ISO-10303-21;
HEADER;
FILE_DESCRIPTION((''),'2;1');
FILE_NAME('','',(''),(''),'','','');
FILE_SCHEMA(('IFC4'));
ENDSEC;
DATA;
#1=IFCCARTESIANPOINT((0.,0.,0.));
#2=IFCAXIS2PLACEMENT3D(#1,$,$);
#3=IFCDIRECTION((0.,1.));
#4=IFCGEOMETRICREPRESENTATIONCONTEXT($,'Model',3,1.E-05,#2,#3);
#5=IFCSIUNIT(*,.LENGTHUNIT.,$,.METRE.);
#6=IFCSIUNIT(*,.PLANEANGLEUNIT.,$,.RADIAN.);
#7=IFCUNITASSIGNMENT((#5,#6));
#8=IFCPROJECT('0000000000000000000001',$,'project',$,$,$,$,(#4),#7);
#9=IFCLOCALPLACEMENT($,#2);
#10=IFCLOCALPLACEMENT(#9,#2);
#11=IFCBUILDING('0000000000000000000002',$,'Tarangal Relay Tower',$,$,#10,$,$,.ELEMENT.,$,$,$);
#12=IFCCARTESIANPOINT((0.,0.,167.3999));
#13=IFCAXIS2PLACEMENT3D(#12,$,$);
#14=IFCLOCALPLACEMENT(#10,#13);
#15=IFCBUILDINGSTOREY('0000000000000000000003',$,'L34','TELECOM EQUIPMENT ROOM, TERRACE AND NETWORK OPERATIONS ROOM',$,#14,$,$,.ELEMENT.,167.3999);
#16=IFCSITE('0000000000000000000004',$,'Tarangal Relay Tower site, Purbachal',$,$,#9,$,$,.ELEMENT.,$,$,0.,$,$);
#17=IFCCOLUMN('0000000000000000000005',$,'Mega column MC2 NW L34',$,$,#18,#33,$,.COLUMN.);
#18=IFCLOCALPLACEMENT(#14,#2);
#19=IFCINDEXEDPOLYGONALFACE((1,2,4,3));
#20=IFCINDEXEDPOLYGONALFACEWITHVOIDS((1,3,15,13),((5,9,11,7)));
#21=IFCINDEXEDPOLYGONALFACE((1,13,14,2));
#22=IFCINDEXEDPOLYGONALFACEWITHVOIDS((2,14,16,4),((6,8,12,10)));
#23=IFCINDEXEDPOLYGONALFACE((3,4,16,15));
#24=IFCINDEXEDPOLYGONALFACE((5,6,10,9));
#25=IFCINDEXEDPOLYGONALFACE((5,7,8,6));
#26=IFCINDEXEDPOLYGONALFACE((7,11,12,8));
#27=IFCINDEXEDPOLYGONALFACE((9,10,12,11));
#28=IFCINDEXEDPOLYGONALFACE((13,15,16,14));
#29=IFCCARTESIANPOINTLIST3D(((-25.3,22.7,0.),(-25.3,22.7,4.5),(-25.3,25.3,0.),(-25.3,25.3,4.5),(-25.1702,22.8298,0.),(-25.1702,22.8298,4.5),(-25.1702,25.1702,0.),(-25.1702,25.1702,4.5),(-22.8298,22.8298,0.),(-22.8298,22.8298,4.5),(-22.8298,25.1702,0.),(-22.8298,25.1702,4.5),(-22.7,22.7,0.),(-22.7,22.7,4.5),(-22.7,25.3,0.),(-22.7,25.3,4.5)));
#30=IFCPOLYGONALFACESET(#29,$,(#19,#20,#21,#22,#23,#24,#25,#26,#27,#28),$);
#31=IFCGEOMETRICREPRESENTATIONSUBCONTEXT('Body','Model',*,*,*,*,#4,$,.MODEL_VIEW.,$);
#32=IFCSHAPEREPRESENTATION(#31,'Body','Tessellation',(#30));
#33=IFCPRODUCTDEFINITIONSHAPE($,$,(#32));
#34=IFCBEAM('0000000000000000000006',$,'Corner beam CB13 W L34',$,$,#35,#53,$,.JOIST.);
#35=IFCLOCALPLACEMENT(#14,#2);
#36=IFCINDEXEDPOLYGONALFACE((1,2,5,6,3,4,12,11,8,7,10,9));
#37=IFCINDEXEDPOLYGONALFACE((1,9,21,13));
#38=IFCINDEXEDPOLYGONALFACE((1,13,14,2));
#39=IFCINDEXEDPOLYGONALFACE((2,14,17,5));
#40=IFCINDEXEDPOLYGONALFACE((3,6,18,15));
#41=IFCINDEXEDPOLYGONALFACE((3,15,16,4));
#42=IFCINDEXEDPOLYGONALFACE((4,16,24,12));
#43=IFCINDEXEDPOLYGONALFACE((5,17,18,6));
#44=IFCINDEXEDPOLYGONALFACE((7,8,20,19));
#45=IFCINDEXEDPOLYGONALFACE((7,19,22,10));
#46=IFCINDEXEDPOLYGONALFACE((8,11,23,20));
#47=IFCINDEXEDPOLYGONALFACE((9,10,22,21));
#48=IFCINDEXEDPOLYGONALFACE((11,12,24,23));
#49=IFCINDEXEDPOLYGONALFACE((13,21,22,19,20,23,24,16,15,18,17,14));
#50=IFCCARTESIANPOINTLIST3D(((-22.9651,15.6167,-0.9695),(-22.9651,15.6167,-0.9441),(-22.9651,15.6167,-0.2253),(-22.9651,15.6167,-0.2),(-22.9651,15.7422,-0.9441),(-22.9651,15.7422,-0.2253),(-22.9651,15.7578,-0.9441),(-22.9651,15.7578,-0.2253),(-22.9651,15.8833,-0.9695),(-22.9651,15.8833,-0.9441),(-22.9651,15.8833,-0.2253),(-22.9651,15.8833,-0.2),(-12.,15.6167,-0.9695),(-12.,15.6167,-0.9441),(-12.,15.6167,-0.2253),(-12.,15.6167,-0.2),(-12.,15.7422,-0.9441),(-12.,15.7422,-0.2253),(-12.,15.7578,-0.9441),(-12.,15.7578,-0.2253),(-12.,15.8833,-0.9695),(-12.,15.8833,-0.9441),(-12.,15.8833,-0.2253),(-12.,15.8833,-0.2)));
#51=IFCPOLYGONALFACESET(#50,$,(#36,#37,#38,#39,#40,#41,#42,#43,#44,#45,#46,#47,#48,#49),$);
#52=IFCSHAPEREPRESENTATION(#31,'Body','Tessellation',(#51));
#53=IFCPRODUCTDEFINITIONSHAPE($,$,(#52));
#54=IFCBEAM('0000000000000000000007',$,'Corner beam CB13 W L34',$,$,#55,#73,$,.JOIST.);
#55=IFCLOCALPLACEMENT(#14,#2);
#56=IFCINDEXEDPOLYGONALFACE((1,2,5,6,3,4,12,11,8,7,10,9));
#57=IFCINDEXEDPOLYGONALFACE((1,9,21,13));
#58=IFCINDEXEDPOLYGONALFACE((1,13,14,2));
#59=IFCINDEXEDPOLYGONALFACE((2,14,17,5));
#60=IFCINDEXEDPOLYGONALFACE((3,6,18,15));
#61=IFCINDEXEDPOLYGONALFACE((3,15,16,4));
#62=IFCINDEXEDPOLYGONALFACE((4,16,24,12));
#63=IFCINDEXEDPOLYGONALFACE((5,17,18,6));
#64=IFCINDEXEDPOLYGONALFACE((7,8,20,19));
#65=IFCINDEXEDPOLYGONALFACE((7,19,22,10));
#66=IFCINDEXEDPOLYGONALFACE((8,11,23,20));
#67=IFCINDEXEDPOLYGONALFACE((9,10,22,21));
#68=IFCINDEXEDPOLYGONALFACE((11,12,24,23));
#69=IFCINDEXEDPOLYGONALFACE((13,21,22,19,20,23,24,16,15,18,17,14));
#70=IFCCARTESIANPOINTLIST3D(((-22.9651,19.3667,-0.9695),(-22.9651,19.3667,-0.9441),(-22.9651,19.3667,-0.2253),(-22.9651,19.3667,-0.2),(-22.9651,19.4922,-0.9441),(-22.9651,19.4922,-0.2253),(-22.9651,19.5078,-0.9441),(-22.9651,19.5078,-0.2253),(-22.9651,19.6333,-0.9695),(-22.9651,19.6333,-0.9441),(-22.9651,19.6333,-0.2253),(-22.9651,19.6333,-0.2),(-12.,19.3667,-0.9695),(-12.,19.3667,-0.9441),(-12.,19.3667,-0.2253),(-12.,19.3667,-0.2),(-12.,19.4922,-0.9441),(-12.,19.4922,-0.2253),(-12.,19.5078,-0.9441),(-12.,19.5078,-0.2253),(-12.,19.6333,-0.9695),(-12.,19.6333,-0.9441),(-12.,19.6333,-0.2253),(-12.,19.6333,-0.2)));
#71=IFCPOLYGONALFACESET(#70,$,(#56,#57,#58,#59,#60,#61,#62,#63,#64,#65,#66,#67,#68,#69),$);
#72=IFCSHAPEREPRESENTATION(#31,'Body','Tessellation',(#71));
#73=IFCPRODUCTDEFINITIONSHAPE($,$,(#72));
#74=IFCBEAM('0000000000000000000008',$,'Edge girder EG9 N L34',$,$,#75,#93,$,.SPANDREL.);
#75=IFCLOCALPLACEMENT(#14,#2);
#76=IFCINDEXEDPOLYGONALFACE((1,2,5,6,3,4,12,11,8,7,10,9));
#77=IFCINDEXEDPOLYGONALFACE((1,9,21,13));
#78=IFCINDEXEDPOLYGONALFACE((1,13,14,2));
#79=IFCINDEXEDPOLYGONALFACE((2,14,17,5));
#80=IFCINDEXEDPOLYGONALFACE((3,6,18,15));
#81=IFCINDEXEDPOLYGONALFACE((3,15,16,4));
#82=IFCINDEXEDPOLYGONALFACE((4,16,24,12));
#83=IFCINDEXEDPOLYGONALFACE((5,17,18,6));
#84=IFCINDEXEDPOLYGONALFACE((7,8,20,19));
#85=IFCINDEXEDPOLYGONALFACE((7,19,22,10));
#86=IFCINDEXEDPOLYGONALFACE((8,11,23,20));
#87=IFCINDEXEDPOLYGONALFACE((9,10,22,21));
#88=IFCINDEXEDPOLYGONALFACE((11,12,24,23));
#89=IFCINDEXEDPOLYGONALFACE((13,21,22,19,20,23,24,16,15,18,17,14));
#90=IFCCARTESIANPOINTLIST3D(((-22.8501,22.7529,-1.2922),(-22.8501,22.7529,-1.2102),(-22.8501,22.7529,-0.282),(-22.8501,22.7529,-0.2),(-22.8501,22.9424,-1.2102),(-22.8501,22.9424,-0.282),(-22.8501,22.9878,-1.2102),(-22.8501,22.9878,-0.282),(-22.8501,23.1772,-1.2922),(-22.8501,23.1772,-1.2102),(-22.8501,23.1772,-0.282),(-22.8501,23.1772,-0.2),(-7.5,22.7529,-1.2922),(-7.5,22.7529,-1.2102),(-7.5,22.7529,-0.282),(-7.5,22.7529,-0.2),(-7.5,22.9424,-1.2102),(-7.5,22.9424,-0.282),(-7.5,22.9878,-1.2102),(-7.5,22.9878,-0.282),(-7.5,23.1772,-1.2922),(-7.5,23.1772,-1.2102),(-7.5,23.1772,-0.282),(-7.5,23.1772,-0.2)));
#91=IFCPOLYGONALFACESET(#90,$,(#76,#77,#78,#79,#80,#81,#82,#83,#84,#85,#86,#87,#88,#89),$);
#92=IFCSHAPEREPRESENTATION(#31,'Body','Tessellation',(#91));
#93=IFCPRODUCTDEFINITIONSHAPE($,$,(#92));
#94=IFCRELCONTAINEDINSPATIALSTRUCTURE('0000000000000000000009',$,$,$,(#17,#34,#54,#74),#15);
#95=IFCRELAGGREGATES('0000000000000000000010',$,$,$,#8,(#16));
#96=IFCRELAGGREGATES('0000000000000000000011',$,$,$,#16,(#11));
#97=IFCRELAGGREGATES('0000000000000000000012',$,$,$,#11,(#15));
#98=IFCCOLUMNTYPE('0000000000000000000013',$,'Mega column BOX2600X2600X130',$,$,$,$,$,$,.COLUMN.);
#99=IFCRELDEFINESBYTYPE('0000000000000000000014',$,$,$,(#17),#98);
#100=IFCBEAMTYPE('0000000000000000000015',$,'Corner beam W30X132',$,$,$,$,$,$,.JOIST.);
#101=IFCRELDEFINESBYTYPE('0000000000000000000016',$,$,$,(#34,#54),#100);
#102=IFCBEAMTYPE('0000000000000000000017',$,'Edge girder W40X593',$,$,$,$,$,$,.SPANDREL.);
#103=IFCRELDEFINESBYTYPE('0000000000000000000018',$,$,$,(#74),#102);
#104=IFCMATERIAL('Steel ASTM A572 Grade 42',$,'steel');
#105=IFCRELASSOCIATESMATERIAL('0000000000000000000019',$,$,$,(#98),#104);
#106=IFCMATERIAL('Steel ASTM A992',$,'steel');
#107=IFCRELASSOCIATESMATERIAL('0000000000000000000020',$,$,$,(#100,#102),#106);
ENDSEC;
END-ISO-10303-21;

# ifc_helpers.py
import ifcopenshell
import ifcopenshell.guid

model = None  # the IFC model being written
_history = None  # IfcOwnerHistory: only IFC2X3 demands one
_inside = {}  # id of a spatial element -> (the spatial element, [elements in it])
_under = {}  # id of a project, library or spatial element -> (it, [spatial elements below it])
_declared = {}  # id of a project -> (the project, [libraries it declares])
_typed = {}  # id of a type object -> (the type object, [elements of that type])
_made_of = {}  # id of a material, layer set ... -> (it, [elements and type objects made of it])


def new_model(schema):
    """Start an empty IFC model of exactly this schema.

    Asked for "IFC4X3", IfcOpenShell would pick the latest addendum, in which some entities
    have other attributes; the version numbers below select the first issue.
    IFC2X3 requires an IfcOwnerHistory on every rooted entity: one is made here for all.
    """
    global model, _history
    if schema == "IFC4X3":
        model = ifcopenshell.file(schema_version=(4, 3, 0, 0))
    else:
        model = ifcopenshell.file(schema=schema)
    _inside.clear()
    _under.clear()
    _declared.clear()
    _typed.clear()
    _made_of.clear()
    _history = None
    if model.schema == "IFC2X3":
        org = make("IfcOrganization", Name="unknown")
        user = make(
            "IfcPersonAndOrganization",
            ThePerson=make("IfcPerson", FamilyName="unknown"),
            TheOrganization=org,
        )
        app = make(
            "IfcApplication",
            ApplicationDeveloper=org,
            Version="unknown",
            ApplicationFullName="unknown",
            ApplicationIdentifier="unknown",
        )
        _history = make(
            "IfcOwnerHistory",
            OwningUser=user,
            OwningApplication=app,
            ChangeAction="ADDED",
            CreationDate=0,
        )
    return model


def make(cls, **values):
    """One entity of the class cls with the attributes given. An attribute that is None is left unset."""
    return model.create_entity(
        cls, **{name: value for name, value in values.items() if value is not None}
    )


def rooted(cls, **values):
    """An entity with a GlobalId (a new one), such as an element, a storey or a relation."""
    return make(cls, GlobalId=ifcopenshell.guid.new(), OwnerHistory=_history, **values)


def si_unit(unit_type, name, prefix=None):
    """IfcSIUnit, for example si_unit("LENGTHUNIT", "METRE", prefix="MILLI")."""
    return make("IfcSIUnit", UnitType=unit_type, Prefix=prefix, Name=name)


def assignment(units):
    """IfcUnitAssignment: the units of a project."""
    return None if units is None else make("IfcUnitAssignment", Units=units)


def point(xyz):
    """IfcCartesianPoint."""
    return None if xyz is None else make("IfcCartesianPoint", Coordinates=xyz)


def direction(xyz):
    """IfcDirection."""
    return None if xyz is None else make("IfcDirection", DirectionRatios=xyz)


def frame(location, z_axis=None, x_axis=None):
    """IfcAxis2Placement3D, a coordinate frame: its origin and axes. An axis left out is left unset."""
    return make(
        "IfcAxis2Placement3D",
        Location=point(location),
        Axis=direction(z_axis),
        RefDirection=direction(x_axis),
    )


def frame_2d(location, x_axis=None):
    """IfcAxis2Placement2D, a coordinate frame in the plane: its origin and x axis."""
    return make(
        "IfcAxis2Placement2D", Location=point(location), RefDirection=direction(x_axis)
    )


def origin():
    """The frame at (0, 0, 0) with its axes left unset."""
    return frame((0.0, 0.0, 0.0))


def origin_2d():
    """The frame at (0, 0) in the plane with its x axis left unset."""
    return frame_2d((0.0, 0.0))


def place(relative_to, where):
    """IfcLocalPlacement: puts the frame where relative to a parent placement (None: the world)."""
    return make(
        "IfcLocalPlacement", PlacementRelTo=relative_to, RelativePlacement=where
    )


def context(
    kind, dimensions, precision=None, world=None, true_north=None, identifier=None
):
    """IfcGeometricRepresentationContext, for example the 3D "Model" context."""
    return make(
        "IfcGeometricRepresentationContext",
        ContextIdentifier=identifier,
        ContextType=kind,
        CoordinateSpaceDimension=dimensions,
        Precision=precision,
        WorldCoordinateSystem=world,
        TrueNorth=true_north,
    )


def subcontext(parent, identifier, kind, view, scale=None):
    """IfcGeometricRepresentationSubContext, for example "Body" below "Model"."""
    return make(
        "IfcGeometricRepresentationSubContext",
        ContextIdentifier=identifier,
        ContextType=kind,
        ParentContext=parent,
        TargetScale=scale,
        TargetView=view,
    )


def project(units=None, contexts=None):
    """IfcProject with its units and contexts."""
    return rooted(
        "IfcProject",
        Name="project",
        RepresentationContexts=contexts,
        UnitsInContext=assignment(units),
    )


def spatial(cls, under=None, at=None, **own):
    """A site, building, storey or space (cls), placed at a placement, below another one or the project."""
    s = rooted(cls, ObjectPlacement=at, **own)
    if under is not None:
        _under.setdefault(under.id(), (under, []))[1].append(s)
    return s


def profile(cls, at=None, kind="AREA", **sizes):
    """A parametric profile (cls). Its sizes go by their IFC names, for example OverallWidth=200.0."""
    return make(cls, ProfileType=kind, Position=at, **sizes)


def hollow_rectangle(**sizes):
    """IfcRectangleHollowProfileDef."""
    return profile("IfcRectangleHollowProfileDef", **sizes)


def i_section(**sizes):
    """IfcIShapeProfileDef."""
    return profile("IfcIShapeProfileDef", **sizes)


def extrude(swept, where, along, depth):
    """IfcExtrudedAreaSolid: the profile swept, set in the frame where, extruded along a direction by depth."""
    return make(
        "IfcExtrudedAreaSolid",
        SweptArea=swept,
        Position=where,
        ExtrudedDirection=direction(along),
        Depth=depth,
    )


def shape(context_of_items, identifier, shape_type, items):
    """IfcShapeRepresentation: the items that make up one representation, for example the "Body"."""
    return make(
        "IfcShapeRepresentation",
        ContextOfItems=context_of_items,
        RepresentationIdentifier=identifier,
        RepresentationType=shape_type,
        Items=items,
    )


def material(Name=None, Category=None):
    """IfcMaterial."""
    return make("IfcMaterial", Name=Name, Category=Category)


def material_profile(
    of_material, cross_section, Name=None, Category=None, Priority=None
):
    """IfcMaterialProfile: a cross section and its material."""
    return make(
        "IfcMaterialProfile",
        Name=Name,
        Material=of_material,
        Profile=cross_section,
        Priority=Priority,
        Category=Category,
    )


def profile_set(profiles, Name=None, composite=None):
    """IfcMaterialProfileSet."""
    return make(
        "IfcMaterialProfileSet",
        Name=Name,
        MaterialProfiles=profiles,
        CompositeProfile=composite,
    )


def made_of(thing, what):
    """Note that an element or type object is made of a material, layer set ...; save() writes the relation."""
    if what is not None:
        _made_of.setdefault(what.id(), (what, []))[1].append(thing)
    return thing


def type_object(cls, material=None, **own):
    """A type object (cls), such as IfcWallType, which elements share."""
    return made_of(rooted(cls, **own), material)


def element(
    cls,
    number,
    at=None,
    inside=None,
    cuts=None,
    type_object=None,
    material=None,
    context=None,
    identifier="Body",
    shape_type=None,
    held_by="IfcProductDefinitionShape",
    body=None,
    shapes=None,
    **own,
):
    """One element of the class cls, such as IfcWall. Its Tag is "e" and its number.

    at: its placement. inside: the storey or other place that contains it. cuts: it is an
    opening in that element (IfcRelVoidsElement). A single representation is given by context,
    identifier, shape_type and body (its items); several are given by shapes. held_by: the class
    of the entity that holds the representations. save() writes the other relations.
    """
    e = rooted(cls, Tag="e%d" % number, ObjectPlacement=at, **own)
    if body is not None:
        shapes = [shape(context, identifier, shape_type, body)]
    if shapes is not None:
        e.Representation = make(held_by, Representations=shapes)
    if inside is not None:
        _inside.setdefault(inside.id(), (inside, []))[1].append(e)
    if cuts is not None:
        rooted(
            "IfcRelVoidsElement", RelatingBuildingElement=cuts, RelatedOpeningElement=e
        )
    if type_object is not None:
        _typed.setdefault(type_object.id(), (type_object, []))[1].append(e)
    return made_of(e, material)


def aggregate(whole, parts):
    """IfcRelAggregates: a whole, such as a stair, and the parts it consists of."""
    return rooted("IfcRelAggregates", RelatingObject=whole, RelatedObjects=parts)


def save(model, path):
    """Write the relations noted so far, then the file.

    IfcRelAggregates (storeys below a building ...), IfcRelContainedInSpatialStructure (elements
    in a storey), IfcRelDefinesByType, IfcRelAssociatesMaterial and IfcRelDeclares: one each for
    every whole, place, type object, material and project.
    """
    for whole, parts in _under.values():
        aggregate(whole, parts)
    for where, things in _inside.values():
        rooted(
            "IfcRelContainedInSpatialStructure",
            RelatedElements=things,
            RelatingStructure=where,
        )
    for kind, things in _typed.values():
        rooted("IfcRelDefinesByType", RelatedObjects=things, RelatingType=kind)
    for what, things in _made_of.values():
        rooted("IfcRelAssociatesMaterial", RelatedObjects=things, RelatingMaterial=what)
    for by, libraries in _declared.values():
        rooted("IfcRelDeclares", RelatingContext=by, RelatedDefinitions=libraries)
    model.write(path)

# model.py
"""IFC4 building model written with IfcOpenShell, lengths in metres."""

from ifc_helpers import new_model, si_unit, direction, frame, origin, origin_2d, place, context, subcontext, project, spatial, hollow_rectangle, i_section, extrude, material, material_profile, profile_set, type_object, element, save


model = new_model("IFC4")

# Units and contexts
model_context = context("Model", 3, precision=1e-05, world=origin(), true_north=direction((0.0, 1.0)))
body_context = subcontext(model_context, "Body", "Model", "MODEL_VIEW")
ifc_project = project(units=[si_unit("LENGTHUNIT", "METRE"), si_unit("PLANEANGLEUNIT", "RADIAN")], contexts=[model_context])

# Site, building, storey
site_placement = place(None, origin())
site = spatial("IfcSite", under=ifc_project, at=site_placement, Name="Tarangal Relay Tower site, Purbachal", CompositionType="ELEMENT", RefElevation=0.0)
building_placement = place(site_placement, origin())
building = spatial("IfcBuilding", under=site, at=building_placement, Name="Tarangal Relay Tower", CompositionType="ELEMENT")
storey_placement = place(building_placement, frame((0.0, 0.0, 167.3999)))
storey = spatial("IfcBuildingStorey", under=building, at=storey_placement, Name="L34", Description="TELECOM EQUIPMENT ROOM, TERRACE AND NETWORK OPERATIONS ROOM", CompositionType="ELEMENT", Elevation=167.3999)

# Column
ifc_material_1 = material(Name="Steel ASTM A572 Grade 42", Category="steel")
ifc_material_profile_1 = material_profile(ifc_material_1, hollow_rectangle(XDim=2.6001, YDim=2.6001, WallThickness=0.1299, at=origin_2d()), Name="BOX2600X2600X130")
ifc_profile_set_1 = profile_set([ifc_material_profile_1], Name="Steel ASTM A572 Grade 42")
column_type = type_object("IfcColumnType", Name="Mega column BOX2600X2600X130", PredefinedType="COLUMN", material=ifc_profile_set_1)
column_placement = place(storey_placement, frame((-24.0, 24.0, 0.0), z_axis=(0.0, 0.0, 1.0), x_axis=(1.0, 0.0, 0.0)))
element("IfcColumn", 1, at=column_placement, inside=storey, type_object=column_type, Name="Mega column MC2 NW L34", PredefinedType="COLUMN", context=body_context, shape_type="SweptSolid", body=[
    extrude(hollow_rectangle(XDim=2.6001, YDim=2.6001, WallThickness=0.1299, at=origin_2d()), origin(), (0.0, 0.0, 1.0), 4.5),
])

# Beams
ifc_material_2 = material(Name="Steel ASTM A992", Category="steel")
ifc_material_profile_2 = material_profile(ifc_material_2, i_section(OverallWidth=0.2666, OverallDepth=0.7695, WebThickness=0.0156, FlangeThickness=0.0254, at=origin_2d()), Name="W30X132")
ifc_profile_set_2 = profile_set([ifc_material_profile_2], Name="Steel ASTM A992")
beam_type_1 = type_object("IfcBeamType", Name="Corner beam W30X132", PredefinedType="JOIST", material=ifc_profile_set_2)
for number, where, z_axis, x_axis, name in (
    (2, (-12.0, 15.75, -0.5847), (-1.0, 0.0, 0.0), (0.0, -1.0, 0.0), "Corner beam CB13 W L34"),
    (3, (-12.0, 19.5, -0.5847), (-1.0, 0.0, 0.0), (0.0, -1.0, 0.0), "Corner beam CB13 W L34"),
):
    element("IfcBeam", number, at=place(storey_placement, frame(where, z_axis=z_axis, x_axis=x_axis)), inside=storey, type_object=beam_type_1, Name=name, PredefinedType="JOIST", context=body_context, shape_type="SweptSolid", body=[
        extrude(i_section(OverallWidth=0.2666, OverallDepth=0.7695, WebThickness=0.0156, FlangeThickness=0.0254, at=origin_2d()), origin(), (0.0, 0.0, 1.0), 10.9651),
    ])
ifc_material_profile_3 = material_profile(ifc_material_2, i_section(OverallWidth=0.4243, OverallDepth=1.0923, WebThickness=0.0454, FlangeThickness=0.082, at=origin_2d()), Name="W40X593")
ifc_profile_set_3 = profile_set([ifc_material_profile_3], Name="Steel ASTM A992")
beam_type_2 = type_object("IfcBeamType", Name="Edge girder W40X593", PredefinedType="SPANDREL", material=ifc_profile_set_3)
beam_placement = place(storey_placement, frame((-22.8501, 22.9651, -0.7461), z_axis=(1.0, 0.0, 0.0), x_axis=(0.0, 1.0, 0.0)))
element("IfcBeam", 4, at=beam_placement, inside=storey, type_object=beam_type_2, Name="Edge girder EG9 N L34", PredefinedType="SPANDREL", context=body_context, shape_type="SweptSolid", body=[
    extrude(i_section(OverallWidth=0.4243, OverallDepth=1.0923, WebThickness=0.0454, FlangeThickness=0.082, at=origin_2d()), origin(), (0.0, 0.0, 1.0), 15.3501),
])

save(model, "model.ifc")
